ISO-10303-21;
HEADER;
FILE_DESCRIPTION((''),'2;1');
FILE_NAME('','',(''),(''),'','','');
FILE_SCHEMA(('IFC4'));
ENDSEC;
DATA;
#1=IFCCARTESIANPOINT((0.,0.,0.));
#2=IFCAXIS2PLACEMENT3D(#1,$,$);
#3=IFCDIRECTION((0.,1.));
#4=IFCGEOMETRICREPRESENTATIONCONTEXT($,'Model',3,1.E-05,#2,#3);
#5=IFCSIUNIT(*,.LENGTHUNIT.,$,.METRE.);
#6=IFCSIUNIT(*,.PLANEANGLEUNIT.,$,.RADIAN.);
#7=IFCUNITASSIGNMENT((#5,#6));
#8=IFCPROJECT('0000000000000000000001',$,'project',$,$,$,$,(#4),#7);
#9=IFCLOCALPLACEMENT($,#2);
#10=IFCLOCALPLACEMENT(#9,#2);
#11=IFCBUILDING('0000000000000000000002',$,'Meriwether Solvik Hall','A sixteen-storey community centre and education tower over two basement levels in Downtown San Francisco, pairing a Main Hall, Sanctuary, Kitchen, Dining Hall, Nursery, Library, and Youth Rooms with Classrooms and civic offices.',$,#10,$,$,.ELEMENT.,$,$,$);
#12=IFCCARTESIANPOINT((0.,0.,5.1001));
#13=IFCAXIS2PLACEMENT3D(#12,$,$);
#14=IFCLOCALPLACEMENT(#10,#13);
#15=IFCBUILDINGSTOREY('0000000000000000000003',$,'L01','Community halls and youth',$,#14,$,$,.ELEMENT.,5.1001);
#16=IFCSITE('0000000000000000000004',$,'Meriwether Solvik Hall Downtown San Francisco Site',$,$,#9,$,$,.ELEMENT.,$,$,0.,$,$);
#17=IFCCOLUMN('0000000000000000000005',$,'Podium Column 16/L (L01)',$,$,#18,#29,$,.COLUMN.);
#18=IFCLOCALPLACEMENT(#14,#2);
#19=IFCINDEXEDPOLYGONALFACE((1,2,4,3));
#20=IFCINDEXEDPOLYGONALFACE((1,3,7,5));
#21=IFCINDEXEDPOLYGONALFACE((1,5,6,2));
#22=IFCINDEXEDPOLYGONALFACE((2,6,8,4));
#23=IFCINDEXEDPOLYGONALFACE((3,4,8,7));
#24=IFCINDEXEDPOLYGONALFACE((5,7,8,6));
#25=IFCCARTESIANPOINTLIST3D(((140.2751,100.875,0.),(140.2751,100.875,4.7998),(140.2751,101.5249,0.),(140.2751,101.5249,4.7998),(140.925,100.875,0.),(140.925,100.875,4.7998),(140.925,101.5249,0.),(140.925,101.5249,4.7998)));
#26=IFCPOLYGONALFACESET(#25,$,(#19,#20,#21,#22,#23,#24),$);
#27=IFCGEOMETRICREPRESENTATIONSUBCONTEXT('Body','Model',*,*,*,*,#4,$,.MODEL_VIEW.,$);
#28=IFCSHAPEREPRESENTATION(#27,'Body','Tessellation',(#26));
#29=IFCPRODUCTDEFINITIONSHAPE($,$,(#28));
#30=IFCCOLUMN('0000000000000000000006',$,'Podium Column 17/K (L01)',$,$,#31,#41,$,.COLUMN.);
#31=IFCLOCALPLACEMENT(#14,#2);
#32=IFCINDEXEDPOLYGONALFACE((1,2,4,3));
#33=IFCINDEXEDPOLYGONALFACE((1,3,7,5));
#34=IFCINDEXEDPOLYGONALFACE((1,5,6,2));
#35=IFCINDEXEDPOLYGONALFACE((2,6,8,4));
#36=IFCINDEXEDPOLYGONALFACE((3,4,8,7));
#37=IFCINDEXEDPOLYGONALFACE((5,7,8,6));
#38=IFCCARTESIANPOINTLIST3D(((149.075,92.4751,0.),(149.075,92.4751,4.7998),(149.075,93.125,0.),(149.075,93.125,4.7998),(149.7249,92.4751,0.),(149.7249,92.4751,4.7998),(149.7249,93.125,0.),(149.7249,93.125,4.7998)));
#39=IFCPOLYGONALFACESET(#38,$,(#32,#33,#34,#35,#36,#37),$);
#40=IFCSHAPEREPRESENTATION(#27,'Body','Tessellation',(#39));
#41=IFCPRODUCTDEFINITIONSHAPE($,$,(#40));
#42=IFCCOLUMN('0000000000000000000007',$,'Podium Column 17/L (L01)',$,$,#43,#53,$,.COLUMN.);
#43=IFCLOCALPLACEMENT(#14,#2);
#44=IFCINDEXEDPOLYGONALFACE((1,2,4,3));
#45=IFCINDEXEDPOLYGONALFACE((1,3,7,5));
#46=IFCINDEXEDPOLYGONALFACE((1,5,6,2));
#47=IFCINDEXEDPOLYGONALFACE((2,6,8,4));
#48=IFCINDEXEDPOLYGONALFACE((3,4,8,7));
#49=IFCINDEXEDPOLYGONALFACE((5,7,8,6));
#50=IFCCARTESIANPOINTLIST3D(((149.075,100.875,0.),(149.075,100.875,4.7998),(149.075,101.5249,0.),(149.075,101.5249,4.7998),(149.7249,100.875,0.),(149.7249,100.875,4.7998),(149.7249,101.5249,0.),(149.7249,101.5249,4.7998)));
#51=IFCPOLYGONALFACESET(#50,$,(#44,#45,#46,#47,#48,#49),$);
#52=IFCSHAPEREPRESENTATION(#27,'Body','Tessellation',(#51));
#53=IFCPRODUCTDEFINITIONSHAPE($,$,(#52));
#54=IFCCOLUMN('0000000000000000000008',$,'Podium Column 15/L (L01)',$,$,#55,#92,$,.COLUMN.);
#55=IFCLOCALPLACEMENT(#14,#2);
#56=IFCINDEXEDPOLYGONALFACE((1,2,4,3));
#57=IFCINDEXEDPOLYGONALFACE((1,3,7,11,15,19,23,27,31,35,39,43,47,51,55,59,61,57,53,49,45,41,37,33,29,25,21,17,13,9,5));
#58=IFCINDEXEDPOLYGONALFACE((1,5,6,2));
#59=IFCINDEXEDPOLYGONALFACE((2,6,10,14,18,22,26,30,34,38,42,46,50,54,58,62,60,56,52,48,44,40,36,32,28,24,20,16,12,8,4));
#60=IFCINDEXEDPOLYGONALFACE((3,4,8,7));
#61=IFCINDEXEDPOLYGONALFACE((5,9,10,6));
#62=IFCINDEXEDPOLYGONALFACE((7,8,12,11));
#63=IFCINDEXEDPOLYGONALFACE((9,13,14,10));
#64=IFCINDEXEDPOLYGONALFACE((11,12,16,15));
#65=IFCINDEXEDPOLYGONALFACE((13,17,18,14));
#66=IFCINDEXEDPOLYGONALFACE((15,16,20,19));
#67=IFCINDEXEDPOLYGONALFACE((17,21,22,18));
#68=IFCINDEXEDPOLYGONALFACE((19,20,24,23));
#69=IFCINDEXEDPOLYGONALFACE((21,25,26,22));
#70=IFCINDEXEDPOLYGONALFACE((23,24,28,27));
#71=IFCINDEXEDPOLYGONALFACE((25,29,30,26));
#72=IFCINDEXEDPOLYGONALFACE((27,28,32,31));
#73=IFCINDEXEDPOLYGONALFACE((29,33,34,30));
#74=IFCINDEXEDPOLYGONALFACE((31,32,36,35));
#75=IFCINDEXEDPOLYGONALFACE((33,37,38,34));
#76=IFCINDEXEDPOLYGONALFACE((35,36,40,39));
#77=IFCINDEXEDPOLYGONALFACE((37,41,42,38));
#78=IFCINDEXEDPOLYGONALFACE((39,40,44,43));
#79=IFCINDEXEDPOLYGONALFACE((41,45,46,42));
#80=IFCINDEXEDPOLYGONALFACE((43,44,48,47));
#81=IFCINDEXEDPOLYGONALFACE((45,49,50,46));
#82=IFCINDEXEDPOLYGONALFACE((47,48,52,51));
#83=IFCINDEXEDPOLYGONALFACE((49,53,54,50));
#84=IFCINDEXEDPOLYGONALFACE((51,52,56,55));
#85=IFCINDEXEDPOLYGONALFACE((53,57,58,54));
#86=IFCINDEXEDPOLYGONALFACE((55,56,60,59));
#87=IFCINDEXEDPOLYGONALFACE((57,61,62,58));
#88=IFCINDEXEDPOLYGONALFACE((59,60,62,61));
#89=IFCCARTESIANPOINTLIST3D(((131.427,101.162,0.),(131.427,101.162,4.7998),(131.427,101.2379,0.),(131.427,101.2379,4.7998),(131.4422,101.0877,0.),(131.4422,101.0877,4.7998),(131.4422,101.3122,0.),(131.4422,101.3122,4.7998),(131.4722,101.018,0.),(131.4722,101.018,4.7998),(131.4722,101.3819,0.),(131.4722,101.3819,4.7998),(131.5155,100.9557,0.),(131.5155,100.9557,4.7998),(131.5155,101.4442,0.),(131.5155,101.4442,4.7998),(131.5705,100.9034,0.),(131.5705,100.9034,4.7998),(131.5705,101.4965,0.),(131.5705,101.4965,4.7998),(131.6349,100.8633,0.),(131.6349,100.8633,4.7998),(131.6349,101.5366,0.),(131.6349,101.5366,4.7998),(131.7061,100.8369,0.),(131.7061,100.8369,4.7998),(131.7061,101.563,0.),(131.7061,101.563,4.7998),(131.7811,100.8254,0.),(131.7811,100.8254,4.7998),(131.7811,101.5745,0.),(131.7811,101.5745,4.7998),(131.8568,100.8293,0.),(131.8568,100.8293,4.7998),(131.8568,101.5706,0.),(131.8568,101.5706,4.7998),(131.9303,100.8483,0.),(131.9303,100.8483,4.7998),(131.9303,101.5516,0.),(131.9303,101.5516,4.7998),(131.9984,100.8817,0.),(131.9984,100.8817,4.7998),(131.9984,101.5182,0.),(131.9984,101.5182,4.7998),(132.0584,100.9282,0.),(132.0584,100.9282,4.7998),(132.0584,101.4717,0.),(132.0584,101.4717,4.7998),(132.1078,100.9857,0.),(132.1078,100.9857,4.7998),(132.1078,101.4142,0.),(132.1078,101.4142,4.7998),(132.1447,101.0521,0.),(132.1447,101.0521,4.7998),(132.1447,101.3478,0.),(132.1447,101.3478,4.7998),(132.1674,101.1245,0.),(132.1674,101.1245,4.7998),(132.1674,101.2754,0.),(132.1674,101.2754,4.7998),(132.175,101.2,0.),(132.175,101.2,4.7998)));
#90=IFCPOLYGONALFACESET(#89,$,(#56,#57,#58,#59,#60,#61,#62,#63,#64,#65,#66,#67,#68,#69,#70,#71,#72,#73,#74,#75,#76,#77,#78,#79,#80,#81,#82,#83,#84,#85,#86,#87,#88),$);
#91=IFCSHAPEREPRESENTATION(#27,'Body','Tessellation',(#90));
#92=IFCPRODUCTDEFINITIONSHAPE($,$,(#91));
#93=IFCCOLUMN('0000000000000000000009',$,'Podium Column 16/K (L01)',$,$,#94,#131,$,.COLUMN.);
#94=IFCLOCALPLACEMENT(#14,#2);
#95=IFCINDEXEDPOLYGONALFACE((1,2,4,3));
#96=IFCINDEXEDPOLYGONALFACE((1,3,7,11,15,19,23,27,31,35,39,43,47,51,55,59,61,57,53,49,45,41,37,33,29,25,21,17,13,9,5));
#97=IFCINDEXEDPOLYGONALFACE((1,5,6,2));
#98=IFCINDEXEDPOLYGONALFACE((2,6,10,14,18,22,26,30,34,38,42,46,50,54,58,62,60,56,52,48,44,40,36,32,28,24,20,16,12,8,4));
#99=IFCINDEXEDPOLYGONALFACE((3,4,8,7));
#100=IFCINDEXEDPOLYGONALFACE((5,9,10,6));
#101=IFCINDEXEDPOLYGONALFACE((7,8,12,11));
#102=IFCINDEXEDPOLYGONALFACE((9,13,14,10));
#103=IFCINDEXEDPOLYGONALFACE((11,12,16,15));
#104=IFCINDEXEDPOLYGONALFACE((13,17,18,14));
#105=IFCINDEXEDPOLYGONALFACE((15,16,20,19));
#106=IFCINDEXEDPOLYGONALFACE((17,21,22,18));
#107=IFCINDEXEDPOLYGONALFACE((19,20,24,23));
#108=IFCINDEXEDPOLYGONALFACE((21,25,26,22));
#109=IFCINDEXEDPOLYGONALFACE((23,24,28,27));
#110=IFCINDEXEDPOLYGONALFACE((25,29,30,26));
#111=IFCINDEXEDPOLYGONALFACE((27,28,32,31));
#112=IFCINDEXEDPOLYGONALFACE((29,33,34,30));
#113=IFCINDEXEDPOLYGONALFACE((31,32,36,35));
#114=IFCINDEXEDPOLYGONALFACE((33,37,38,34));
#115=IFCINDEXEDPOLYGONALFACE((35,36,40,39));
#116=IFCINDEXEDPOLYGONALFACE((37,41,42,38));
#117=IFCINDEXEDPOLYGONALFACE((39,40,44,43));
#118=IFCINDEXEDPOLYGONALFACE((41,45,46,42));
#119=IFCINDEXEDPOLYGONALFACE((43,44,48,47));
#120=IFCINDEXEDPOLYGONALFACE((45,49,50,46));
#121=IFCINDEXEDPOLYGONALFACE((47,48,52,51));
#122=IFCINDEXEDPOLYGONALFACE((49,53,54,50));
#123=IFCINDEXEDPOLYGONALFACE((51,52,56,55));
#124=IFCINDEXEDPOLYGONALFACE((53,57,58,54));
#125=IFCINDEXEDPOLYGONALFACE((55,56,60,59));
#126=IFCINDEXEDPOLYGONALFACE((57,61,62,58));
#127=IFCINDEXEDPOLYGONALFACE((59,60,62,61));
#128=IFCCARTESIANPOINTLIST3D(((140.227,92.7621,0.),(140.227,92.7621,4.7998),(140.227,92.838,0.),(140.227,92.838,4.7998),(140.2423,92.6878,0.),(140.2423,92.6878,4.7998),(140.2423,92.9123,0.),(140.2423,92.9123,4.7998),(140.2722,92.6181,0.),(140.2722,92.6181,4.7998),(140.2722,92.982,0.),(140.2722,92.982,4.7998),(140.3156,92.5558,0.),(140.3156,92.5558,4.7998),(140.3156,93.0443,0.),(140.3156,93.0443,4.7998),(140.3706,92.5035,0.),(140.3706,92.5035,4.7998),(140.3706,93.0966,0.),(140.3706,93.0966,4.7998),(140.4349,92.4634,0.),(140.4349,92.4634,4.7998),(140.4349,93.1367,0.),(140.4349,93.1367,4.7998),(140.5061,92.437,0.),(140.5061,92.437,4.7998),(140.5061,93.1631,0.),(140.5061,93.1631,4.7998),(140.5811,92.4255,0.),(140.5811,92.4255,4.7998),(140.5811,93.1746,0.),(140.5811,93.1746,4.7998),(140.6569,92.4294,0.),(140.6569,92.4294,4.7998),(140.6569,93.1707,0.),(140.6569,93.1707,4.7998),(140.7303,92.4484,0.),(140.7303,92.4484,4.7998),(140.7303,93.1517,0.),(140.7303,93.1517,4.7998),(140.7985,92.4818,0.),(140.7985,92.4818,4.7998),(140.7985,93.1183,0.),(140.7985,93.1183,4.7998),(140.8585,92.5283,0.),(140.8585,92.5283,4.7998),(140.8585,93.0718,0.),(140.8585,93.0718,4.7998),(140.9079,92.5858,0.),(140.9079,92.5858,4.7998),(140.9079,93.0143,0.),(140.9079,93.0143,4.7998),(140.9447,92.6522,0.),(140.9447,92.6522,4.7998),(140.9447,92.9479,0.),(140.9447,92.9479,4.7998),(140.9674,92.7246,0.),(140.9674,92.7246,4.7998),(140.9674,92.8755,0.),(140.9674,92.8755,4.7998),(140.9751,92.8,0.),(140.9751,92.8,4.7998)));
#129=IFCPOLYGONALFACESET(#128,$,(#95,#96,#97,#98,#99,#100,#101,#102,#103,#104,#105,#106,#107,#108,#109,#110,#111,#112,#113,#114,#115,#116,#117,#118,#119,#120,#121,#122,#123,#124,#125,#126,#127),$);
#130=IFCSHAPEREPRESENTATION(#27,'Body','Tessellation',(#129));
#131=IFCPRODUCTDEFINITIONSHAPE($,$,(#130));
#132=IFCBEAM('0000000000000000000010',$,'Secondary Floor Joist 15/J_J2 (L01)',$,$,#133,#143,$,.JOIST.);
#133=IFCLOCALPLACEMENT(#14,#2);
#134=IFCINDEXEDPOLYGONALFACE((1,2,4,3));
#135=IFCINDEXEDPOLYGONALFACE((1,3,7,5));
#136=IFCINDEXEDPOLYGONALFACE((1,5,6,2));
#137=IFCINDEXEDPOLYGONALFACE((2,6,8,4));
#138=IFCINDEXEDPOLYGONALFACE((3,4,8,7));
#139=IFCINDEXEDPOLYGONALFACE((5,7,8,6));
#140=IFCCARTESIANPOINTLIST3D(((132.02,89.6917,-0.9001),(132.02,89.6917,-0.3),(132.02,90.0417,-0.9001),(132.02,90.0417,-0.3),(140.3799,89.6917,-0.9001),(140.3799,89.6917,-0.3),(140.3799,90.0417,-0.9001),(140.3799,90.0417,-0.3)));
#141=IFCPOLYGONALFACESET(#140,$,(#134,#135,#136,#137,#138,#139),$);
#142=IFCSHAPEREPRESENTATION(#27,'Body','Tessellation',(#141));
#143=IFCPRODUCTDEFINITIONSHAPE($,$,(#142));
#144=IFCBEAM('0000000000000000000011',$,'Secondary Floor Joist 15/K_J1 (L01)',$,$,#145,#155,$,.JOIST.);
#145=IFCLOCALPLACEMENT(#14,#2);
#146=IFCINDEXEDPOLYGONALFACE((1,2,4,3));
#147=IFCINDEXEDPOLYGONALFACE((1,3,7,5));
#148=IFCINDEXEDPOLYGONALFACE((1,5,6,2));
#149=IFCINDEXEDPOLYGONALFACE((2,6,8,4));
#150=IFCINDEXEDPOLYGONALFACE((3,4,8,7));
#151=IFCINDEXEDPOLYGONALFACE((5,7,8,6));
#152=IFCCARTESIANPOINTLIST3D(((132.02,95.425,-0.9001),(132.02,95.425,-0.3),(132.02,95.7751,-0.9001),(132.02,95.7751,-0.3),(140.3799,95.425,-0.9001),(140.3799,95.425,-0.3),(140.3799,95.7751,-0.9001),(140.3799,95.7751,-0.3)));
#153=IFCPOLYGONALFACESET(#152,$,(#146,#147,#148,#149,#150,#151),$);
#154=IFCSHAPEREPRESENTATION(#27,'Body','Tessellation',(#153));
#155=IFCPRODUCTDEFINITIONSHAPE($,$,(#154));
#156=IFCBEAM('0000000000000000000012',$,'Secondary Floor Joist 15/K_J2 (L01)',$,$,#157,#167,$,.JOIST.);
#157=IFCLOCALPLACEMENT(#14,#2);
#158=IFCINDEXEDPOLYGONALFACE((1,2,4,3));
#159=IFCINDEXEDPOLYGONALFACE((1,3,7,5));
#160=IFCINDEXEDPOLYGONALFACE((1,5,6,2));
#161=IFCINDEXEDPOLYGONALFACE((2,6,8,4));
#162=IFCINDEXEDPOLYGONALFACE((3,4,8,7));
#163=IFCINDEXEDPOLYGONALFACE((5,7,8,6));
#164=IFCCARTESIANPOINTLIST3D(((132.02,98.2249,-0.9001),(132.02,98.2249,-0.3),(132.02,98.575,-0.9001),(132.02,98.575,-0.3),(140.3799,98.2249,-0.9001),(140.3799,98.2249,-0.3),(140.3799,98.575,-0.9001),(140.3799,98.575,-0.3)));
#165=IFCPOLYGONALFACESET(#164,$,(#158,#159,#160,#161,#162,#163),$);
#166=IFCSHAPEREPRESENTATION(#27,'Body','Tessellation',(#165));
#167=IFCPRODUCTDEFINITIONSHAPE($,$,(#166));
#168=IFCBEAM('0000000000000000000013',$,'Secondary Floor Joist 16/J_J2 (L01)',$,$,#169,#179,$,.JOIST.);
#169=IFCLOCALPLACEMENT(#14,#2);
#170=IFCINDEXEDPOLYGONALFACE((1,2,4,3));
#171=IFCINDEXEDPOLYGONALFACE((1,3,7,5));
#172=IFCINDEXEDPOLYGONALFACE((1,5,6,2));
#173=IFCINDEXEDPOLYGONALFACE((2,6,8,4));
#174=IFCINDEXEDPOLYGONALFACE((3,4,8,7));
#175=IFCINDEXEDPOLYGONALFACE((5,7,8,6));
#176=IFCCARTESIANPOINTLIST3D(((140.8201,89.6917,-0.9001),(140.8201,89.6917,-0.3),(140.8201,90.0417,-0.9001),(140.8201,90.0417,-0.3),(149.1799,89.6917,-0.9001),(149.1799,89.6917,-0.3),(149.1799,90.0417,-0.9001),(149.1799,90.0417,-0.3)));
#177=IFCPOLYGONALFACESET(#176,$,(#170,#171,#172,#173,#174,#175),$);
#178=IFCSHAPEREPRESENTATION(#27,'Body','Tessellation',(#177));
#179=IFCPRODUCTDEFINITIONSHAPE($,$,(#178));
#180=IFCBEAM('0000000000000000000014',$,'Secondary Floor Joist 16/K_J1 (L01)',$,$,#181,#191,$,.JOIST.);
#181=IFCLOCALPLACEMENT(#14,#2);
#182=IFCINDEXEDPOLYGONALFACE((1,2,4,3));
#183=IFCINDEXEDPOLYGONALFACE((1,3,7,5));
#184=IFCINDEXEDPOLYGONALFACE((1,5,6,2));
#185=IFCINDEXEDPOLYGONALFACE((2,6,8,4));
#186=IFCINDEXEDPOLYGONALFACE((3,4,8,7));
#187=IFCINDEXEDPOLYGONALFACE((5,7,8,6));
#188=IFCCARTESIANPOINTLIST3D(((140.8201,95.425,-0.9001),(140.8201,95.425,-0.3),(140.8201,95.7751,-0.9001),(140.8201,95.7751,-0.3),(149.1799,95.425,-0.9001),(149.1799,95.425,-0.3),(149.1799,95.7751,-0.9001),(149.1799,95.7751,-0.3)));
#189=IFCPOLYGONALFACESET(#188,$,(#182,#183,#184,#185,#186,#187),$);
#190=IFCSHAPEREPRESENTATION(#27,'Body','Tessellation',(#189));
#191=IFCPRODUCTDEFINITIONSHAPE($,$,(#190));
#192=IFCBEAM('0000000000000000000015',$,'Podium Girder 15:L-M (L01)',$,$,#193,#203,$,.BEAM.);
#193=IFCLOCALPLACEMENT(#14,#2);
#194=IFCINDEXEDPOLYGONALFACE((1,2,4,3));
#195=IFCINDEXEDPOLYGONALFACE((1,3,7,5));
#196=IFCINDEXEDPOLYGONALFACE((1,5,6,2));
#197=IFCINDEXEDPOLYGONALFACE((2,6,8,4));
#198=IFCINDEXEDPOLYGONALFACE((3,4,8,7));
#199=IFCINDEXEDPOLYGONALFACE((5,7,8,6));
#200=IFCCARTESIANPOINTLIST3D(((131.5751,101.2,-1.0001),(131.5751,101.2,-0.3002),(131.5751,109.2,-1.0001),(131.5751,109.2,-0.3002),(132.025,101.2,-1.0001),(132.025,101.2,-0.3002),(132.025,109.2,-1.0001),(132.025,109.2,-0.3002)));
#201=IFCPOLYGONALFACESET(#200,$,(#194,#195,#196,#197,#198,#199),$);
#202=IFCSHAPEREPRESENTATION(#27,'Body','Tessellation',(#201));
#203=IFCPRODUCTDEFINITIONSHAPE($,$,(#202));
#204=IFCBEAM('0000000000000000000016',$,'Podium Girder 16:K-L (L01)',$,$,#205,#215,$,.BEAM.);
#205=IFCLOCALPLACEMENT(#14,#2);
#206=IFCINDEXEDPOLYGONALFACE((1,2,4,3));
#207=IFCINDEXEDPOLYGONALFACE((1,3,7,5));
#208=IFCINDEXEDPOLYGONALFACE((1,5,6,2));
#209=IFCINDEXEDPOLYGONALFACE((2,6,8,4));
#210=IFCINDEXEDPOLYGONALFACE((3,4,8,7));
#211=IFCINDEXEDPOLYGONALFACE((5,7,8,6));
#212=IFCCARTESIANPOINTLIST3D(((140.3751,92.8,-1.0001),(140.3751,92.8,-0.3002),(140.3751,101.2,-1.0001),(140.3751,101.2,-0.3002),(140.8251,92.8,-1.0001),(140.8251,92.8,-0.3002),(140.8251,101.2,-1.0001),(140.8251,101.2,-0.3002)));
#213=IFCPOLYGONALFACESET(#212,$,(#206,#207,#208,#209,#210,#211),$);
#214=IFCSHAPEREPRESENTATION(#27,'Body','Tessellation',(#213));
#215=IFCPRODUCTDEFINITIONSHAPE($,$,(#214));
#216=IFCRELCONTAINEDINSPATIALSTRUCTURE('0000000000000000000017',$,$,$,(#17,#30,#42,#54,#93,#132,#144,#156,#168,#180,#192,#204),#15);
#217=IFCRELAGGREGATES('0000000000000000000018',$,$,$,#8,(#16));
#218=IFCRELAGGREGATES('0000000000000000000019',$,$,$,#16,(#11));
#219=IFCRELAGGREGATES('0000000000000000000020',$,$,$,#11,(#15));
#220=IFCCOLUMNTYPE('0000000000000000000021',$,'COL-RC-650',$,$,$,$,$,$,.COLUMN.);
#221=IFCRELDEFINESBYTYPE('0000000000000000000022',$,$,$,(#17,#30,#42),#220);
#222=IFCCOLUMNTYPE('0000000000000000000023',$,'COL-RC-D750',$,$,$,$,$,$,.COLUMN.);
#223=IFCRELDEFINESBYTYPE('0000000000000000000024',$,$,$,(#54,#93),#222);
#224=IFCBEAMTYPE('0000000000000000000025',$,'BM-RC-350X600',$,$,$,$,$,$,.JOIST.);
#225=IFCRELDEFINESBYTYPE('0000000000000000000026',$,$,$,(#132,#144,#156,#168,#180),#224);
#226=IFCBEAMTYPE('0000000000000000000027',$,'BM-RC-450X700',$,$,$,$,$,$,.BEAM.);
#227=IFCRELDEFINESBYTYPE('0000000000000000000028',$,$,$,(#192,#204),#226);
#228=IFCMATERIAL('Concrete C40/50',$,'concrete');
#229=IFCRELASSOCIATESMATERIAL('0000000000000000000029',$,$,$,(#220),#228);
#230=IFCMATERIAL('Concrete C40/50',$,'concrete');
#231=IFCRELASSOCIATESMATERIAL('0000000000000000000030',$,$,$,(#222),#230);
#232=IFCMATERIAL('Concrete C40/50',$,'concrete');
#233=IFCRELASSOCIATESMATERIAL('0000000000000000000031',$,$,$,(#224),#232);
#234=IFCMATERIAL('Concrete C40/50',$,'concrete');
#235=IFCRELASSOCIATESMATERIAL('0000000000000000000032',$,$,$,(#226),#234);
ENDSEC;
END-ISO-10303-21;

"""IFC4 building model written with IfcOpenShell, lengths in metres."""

from ifc_helpers import new_model, si_unit, direction, frame, origin, origin_2d, place, context, subcontext, project, spatial, rectangle, circle, extrude, material, material_profile, profile_set, type_object, element, save


model = new_model("IFC4")

# Units and contexts
model_context = context("Model", 3, precision=1e-05, world=origin(), true_north=direction((0.0, 1.0)))
body_context = subcontext(model_context, "Body", "Model", "MODEL_VIEW")
ifc_project = project(units=[si_unit("LENGTHUNIT", "METRE"), si_unit("PLANEANGLEUNIT", "RADIAN")], contexts=[model_context])

# Site, building, storey
site_placement = place(None, origin())
site = spatial("IfcSite", under=ifc_project, at=site_placement, Name="Meriwether Solvik Hall Downtown San Francisco Site", CompositionType="ELEMENT", RefElevation=0.0)
building_placement = place(site_placement, origin())
building = spatial("IfcBuilding", under=site, at=building_placement, Name="Meriwether Solvik Hall", Description="A sixteen-storey community centre and education tower over two basement levels in Downtown San Francisco, pairing a Main Hall, Sanctuary, Kitchen, Dining Hall, Nursery, Library, and Youth Rooms with Classrooms and civic offices.", CompositionType="ELEMENT")
storey_placement = place(building_placement, frame((0.0, 0.0, 5.1001)))
storey = spatial("IfcBuildingStorey", under=building, at=storey_placement, Name="L01", Description="Community halls and youth", CompositionType="ELEMENT", Elevation=5.1001)

# Columns
ifc_material_1 = material(Name="Concrete C40/50", Category="concrete")
ifc_material_profile_1 = material_profile(ifc_material_1, rectangle(XDim=0.6499, YDim=0.6499, at=origin_2d()), Name="RCC-650X650")
ifc_profile_set_1 = profile_set([ifc_material_profile_1], Name="Concrete C40/50")
column_type_1 = type_object("IfcColumnType", Name="COL-RC-650", PredefinedType="COLUMN", material=ifc_profile_set_1)
for number, where, z_axis, x_axis, name in (
    (1, (140.6001, 101.2, 0.0), (0.0, 0.0, 1.0), (1.0, 0.0, 0.0), "Podium Column 16/L (L01)"),
    (2, (149.3999, 92.8, 0.0), (0.0, 0.0, 1.0), (1.0, 0.0, 0.0), "Podium Column 17/K (L01)"),
    (3, (149.3999, 101.2, 0.0), (0.0, 0.0, 1.0), (1.0, 0.0, 0.0), "Podium Column 17/L (L01)"),
):
    element("IfcColumn", number, at=place(storey_placement, frame(where, z_axis=z_axis, x_axis=x_axis)), inside=storey, type_object=column_type_1, Name=name, PredefinedType="COLUMN", context=body_context, shape_type="SweptSolid", body=[
        extrude(rectangle(XDim=0.6499, YDim=0.6499, at=origin_2d()), origin(), (0.0, 0.0, 1.0), 4.7998),
    ])
ifc_material_2 = material(Name="Concrete C40/50", Category="concrete")
ifc_material_profile_2 = material_profile(ifc_material_2, circle(Radius=0.375, at=origin_2d()), Name="RCC-D750")
ifc_profile_set_2 = profile_set([ifc_material_profile_2], Name="Concrete C40/50")
column_type_2 = type_object("IfcColumnType", Name="COL-RC-D750", PredefinedType="COLUMN", material=ifc_profile_set_2)
for number, where, z_axis, x_axis, name in (
    (4, (131.8, 101.2, 0.0), (0.0, 0.0, 1.0), (1.0, 0.0, 0.0), "Podium Column 15/L (L01)"),
    (5, (140.6001, 92.8, 0.0), (0.0, 0.0, 1.0), (1.0, 0.0, 0.0), "Podium Column 16/K (L01)"),
):
    element("IfcColumn", number, at=place(storey_placement, frame(where, z_axis=z_axis, x_axis=x_axis)), inside=storey, type_object=column_type_2, Name=name, PredefinedType="COLUMN", context=body_context, shape_type="SweptSolid", body=[
        extrude(circle(Radius=0.375, at=origin_2d()), origin(), (0.0, 0.0, 1.0), 4.7998),
    ])

# Beams
ifc_material_3 = material(Name="Concrete C40/50", Category="concrete")
ifc_material_profile_3 = material_profile(ifc_material_3, rectangle(XDim=0.3501, YDim=0.6001, at=origin_2d()), Name="RCB-350X600")
ifc_profile_set_3 = profile_set([ifc_material_profile_3], Name="Concrete C40/50")
beam_type_1 = type_object("IfcBeamType", Name="BM-RC-350X600", PredefinedType="JOIST", material=ifc_profile_set_3)
for number, where, z_axis, x_axis, name in (
    (6, (132.02, 89.8667, -0.6001), (1.0, 0.0, 0.0), (0.0, 1.0, 0.0), "Secondary Floor Joist 15/J_J2 (L01)"),
    (7, (132.02, 95.6001, -0.6001), (1.0, 0.0, 0.0), (0.0, 1.0, 0.0), "Secondary Floor Joist 15/K_J1 (L01)"),
    (8, (132.02, 98.3999, -0.6001), (1.0, 0.0, 0.0), (0.0, 1.0, 0.0), "Secondary Floor Joist 15/K_J2 (L01)"),
    (9, (140.8201, 89.8667, -0.6001), (1.0, 0.0, 0.0), (0.0, 1.0, 0.0), "Secondary Floor Joist 16/J_J2 (L01)"),
    (10, (140.8201, 95.6001, -0.6001), (1.0, 0.0, 0.0), (0.0, 1.0, 0.0), "Secondary Floor Joist 16/K_J1 (L01)"),
):
    element("IfcBeam", number, at=place(storey_placement, frame(where, z_axis=z_axis, x_axis=x_axis)), inside=storey, type_object=beam_type_1, Name=name, PredefinedType="JOIST", context=body_context, shape_type="SweptSolid", body=[
        extrude(rectangle(XDim=0.3501, YDim=0.6001, at=origin_2d()), origin(), (0.0, 0.0, 1.0), 8.3599),
    ])
ifc_material_4 = material(Name="Concrete C40/50", Category="concrete")
ifc_material_profile_4 = material_profile(ifc_material_4, rectangle(XDim=0.45, YDim=0.7, at=origin_2d()), Name="RCB-450X700")
ifc_profile_set_4 = profile_set([ifc_material_profile_4], Name="Concrete C40/50")
beam_type_2 = type_object("IfcBeamType", Name="BM-RC-450X700", PredefinedType="BEAM", material=ifc_profile_set_4)
beam_1_placement = place(storey_placement, frame((131.8, 101.2, -0.6501), z_axis=(0.0, 1.0, 0.0), x_axis=(-1.0, 0.0, 0.0)))
element("IfcBeam", 11, at=beam_1_placement, inside=storey, type_object=beam_type_2, Name="Podium Girder 15:L-M (L01)", PredefinedType="BEAM", context=body_context, shape_type="SweptSolid", body=[
    extrude(rectangle(XDim=0.45, YDim=0.7, at=origin_2d()), origin(), (0.0, 0.0, 1.0), 8.0),
])
beam_2_placement = place(storey_placement, frame((140.6001, 92.8, -0.6501), z_axis=(0.0, 1.0, 0.0), x_axis=(-1.0, 0.0, 0.0)))
element("IfcBeam", 12, at=beam_2_placement, inside=storey, type_object=beam_type_2, Name="Podium Girder 16:K-L (L01)", PredefinedType="BEAM", context=body_context, shape_type="SweptSolid", body=[
    extrude(rectangle(XDim=0.45, YDim=0.7, at=origin_2d()), origin(), (0.0, 0.0, 1.0), 8.3999),
])

save(model, "model.ifc")
